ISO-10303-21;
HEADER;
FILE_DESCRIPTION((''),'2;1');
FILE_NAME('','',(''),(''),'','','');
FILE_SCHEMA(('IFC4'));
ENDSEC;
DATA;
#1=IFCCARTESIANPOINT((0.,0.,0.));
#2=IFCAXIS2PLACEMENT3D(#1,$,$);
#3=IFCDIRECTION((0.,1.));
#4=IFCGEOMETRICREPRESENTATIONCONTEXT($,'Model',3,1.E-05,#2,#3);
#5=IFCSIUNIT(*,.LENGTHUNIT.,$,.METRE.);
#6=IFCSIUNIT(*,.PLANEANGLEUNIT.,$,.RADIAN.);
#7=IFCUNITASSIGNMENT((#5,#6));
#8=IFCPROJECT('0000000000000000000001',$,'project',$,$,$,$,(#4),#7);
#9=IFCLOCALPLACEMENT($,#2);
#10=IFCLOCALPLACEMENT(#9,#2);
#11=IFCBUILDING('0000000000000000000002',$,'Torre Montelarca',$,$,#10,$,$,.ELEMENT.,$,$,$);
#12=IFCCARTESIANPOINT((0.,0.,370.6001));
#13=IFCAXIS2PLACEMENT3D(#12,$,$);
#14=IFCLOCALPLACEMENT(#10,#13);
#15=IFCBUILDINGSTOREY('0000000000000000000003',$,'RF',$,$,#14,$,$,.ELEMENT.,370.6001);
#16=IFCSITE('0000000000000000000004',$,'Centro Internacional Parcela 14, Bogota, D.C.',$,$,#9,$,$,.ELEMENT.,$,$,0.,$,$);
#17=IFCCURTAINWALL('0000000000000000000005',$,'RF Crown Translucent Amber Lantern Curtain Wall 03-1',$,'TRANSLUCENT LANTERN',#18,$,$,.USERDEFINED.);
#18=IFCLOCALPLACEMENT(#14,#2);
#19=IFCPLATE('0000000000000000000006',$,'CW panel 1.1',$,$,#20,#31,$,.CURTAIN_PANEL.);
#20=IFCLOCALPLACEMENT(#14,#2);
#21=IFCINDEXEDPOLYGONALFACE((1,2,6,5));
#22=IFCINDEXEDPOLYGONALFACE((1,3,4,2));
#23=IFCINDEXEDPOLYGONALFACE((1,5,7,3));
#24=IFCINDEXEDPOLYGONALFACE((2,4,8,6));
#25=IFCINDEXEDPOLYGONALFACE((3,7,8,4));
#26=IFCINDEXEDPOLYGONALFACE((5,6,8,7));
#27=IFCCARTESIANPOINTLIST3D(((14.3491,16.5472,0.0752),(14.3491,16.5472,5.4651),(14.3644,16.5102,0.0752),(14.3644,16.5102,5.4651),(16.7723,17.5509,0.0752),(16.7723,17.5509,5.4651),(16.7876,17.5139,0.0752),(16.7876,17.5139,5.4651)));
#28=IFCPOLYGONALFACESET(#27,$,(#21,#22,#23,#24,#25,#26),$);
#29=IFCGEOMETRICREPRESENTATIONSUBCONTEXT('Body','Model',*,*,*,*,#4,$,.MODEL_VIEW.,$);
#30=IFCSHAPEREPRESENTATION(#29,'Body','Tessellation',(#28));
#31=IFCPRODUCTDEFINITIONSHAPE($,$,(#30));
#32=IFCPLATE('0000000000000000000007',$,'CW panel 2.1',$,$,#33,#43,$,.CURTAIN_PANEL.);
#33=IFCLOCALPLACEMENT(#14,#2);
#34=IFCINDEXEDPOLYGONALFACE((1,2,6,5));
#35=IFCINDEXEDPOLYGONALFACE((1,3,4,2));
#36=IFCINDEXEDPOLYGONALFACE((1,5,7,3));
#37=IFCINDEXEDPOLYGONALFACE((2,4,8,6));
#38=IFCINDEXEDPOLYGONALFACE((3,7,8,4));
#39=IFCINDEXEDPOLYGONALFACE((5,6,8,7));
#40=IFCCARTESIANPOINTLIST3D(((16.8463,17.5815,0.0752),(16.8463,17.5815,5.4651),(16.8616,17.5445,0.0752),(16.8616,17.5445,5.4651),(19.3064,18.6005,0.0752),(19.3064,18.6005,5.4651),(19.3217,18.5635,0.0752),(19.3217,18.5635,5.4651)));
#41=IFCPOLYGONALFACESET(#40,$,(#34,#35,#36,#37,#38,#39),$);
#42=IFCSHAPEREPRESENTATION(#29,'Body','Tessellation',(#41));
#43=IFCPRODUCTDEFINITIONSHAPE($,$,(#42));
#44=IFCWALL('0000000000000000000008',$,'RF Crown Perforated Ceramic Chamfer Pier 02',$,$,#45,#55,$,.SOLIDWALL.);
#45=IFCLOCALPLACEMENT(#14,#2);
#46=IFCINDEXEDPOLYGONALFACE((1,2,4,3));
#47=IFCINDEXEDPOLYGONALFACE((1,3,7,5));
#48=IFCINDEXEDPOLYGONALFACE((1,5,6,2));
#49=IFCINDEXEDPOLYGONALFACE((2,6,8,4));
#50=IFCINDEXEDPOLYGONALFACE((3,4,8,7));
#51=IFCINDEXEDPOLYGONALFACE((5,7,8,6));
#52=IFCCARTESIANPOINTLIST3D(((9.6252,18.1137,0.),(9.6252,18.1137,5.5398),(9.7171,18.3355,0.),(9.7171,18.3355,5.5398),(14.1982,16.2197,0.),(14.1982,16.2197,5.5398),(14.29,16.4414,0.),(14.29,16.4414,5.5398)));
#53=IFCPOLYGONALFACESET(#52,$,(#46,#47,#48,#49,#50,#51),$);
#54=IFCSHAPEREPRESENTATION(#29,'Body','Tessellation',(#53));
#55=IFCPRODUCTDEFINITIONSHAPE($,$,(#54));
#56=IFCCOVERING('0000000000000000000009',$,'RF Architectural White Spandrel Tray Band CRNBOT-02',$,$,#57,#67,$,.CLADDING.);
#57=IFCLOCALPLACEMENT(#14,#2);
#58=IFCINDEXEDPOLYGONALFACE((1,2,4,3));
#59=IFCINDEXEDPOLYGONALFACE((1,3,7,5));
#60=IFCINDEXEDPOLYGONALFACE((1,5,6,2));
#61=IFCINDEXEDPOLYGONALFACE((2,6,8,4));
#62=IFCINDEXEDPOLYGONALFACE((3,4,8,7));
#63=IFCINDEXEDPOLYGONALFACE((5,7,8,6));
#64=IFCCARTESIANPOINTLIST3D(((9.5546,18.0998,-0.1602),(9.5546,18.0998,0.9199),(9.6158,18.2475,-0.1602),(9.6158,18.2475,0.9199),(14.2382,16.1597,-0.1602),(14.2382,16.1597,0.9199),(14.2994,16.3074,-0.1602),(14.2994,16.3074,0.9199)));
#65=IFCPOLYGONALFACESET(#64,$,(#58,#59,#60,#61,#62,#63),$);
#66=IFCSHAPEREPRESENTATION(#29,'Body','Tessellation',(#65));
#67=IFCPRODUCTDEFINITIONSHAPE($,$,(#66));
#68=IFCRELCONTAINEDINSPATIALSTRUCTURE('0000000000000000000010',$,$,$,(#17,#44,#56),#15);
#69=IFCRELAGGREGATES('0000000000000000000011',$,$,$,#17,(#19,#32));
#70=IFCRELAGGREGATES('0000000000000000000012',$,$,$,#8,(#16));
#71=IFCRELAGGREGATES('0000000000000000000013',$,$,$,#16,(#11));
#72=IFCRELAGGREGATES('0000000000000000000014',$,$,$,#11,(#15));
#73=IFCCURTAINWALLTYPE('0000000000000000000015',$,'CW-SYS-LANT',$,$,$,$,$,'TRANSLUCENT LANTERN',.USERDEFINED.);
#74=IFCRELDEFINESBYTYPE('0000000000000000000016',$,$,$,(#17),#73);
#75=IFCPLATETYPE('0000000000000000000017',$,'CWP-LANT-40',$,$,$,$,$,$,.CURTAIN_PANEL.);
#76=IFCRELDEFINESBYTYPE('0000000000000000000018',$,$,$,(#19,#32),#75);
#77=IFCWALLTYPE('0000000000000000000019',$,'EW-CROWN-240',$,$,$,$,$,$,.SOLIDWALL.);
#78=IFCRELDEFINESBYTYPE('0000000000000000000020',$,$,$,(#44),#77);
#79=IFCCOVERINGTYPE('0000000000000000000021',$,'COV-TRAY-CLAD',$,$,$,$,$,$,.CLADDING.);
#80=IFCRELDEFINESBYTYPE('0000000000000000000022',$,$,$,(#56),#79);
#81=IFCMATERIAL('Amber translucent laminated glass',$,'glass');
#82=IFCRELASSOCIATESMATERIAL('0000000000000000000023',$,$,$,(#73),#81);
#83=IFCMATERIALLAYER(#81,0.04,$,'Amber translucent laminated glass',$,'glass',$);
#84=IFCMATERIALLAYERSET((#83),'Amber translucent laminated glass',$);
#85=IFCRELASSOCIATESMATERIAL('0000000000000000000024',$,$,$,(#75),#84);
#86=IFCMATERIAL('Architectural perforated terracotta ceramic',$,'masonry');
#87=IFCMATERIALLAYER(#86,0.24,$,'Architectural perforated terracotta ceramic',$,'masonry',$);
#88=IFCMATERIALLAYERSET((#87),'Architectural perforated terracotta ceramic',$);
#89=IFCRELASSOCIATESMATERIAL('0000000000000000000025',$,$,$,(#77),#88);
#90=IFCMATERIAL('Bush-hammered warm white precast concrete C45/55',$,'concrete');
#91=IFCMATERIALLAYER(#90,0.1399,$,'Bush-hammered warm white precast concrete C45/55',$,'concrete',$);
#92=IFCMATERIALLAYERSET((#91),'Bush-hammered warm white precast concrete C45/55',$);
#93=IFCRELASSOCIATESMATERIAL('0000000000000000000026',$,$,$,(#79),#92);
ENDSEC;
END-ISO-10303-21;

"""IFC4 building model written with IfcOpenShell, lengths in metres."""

from ifc_helpers import new_model, si_unit, direction, frame, frame_2d, origin, origin_2d, place, context, subcontext, project, spatial, rectangle, extrude, source, transform, mapped, material, layer, layer_set, type_object, element, aggregate, save


model = new_model("IFC4")

# Units and contexts
model_context = context("Model", 3, precision=1e-05, world=origin(), true_north=direction((0.0, 1.0)))
body_context = subcontext(model_context, "Body", "Model", "MODEL_VIEW")
ifc_project = project(units=[si_unit("LENGTHUNIT", "METRE"), si_unit("PLANEANGLEUNIT", "RADIAN")], contexts=[model_context])

# Site, building, storey
site_placement = place(None, origin())
site = spatial("IfcSite", under=ifc_project, at=site_placement, Name="Centro Internacional Parcela 14, Bogota, D.C.", CompositionType="ELEMENT", RefElevation=0.0)
building_placement = place(site_placement, origin())
building = spatial("IfcBuilding", under=site, at=building_placement, Name="Torre Montelarca", CompositionType="ELEMENT")
storey_placement = place(building_placement, frame((0.0, 0.0, 370.6001)))
storey = spatial("IfcBuildingStorey", under=building, at=storey_placement, Name="RF", CompositionType="ELEMENT", Elevation=370.6001)

# Curtain wall
ifc_material_1 = material(Name="Amber translucent laminated glass", Category="glass")
curtain_wall_type = type_object("IfcCurtainWallType", Name="CW-SYS-LANT", ElementType="TRANSLUCENT LANTERN", PredefinedType="USERDEFINED", material=ifc_material_1)
curtain_wall_1_placement = place(storey_placement, origin())
curtain_wall_1 = element("IfcCurtainWall", 1, at=curtain_wall_1_placement, inside=storey, type_object=curtain_wall_type, Name="RF Crown Translucent Amber Lantern Curtain Wall 03-1", ObjectType="TRANSLUCENT LANTERN", PredefinedType="USERDEFINED")

# Plates
ifc_layer_1 = layer(ifc_material_1, 0.04, Name="Amber translucent laminated glass", Category="glass")
ifc_layer_set_1 = layer_set([ifc_layer_1], Name="Amber translucent laminated glass")
plate_type = type_object("IfcPlateType", Name="CWP-LANT-40", PredefinedType="CURTAIN_PANEL", material=ifc_layer_set_1)
shared_shape_1 = source(origin(), body_context, "Body", "SweptSolid", [
    extrude(rectangle(XDim=2.6228, YDim=0.04, at=origin_2d()), origin(), (0.0, 0.0, 1.0), 5.3899),
])
plate_1_placement = place(storey_placement, frame((15.5684, 17.0305, 0.0752), z_axis=(0.0, 0.0, 1.0), x_axis=(0.923878, 0.382687, 0.0)))
plate_1 = element("IfcPlate", 2, at=plate_1_placement, type_object=plate_type, Name="CW panel 1.1", PredefinedType="CURTAIN_PANEL", context=body_context, shape_type="MappedRepresentation", body=[
    mapped(shared_shape_1, transform((0.0, 0.0, 0.0), scale=1.0)),
])
shared_shape_2 = source(origin(), body_context, "Body", "SweptSolid", [
    extrude(rectangle(XDim=2.6628, YDim=0.04, at=origin_2d()), origin(), (0.0, 0.0, 1.0), 5.3899),
])
plate_2_placement = place(storey_placement, frame((18.084, 18.0725, 0.0752), z_axis=(0.0, 0.0, 1.0), x_axis=(0.923878, 0.382687, 0.0)))
plate_2 = element("IfcPlate", 3, at=plate_2_placement, type_object=plate_type, Name="CW panel 2.1", PredefinedType="CURTAIN_PANEL", context=body_context, shape_type="MappedRepresentation", body=[
    mapped(shared_shape_2, transform((0.0, 0.0, 0.0), scale=1.0)),
])
aggregate(curtain_wall_1, [plate_1, plate_2])

# Wall
ifc_material_2 = material(Name="Architectural perforated terracotta ceramic", Category="masonry")
ifc_layer_2 = layer(ifc_material_2, 0.24, Name="Architectural perforated terracotta ceramic", Category="masonry")
ifc_layer_set_2 = layer_set([ifc_layer_2], Name="Architectural perforated terracotta ceramic")
wall_type = type_object("IfcWallType", Name="EW-CROWN-240", PredefinedType="SOLIDWALL", material=ifc_layer_set_2)
wall_placement = place(storey_placement, frame((9.6711, 18.2246, 0.0), z_axis=(0.0, 0.0, 1.0), x_axis=(0.923891, -0.382657, 0.0)))
element("IfcWall", 4, at=wall_placement, inside=storey, type_object=wall_type, Name="RF Crown Perforated Ceramic Chamfer Pier 02", PredefinedType="SOLIDWALL", context=body_context, shape_type="SweptSolid", body=[
    extrude(rectangle(XDim=4.9497, YDim=0.24, at=frame_2d((2.4749, 0.0))), origin(), (0.0, 0.0, 1.0), 5.5398),
])

# Covering
ifc_material_3 = material(Name="Bush-hammered warm white precast concrete C45/55", Category="concrete")
ifc_layer_3 = layer(ifc_material_3, 0.1399, Name="Bush-hammered warm white precast concrete C45/55", Category="concrete")
ifc_layer_set_3 = layer_set([ifc_layer_3], Name="Bush-hammered warm white precast concrete C45/55")
covering_type = type_object("IfcCoveringType", Name="COV-TRAY-CLAD", PredefinedType="CLADDING", material=ifc_layer_set_3)
shared_shape_3 = source(origin(), body_context, "Body", "SweptSolid", [
    extrude(rectangle(XDim=5.0696, YDim=0.1599, at=origin_2d()), origin(), (0.0, 0.0, 1.0), 1.0801),
])
covering_placement = place(storey_placement, frame((11.927, 17.2036, -0.1602), z_axis=(0.0, 0.0, 1.0), x_axis=(0.923876, -0.382691, 0.0)))
element("IfcCovering", 5, at=covering_placement, inside=storey, type_object=covering_type, Name="RF Architectural White Spandrel Tray Band CRNBOT-02", PredefinedType="CLADDING", context=body_context, shape_type="MappedRepresentation", body=[
    mapped(shared_shape_3, transform((0.0, 0.0, 0.0), scale=1.0)),
])

save(model, "model.ifc")
